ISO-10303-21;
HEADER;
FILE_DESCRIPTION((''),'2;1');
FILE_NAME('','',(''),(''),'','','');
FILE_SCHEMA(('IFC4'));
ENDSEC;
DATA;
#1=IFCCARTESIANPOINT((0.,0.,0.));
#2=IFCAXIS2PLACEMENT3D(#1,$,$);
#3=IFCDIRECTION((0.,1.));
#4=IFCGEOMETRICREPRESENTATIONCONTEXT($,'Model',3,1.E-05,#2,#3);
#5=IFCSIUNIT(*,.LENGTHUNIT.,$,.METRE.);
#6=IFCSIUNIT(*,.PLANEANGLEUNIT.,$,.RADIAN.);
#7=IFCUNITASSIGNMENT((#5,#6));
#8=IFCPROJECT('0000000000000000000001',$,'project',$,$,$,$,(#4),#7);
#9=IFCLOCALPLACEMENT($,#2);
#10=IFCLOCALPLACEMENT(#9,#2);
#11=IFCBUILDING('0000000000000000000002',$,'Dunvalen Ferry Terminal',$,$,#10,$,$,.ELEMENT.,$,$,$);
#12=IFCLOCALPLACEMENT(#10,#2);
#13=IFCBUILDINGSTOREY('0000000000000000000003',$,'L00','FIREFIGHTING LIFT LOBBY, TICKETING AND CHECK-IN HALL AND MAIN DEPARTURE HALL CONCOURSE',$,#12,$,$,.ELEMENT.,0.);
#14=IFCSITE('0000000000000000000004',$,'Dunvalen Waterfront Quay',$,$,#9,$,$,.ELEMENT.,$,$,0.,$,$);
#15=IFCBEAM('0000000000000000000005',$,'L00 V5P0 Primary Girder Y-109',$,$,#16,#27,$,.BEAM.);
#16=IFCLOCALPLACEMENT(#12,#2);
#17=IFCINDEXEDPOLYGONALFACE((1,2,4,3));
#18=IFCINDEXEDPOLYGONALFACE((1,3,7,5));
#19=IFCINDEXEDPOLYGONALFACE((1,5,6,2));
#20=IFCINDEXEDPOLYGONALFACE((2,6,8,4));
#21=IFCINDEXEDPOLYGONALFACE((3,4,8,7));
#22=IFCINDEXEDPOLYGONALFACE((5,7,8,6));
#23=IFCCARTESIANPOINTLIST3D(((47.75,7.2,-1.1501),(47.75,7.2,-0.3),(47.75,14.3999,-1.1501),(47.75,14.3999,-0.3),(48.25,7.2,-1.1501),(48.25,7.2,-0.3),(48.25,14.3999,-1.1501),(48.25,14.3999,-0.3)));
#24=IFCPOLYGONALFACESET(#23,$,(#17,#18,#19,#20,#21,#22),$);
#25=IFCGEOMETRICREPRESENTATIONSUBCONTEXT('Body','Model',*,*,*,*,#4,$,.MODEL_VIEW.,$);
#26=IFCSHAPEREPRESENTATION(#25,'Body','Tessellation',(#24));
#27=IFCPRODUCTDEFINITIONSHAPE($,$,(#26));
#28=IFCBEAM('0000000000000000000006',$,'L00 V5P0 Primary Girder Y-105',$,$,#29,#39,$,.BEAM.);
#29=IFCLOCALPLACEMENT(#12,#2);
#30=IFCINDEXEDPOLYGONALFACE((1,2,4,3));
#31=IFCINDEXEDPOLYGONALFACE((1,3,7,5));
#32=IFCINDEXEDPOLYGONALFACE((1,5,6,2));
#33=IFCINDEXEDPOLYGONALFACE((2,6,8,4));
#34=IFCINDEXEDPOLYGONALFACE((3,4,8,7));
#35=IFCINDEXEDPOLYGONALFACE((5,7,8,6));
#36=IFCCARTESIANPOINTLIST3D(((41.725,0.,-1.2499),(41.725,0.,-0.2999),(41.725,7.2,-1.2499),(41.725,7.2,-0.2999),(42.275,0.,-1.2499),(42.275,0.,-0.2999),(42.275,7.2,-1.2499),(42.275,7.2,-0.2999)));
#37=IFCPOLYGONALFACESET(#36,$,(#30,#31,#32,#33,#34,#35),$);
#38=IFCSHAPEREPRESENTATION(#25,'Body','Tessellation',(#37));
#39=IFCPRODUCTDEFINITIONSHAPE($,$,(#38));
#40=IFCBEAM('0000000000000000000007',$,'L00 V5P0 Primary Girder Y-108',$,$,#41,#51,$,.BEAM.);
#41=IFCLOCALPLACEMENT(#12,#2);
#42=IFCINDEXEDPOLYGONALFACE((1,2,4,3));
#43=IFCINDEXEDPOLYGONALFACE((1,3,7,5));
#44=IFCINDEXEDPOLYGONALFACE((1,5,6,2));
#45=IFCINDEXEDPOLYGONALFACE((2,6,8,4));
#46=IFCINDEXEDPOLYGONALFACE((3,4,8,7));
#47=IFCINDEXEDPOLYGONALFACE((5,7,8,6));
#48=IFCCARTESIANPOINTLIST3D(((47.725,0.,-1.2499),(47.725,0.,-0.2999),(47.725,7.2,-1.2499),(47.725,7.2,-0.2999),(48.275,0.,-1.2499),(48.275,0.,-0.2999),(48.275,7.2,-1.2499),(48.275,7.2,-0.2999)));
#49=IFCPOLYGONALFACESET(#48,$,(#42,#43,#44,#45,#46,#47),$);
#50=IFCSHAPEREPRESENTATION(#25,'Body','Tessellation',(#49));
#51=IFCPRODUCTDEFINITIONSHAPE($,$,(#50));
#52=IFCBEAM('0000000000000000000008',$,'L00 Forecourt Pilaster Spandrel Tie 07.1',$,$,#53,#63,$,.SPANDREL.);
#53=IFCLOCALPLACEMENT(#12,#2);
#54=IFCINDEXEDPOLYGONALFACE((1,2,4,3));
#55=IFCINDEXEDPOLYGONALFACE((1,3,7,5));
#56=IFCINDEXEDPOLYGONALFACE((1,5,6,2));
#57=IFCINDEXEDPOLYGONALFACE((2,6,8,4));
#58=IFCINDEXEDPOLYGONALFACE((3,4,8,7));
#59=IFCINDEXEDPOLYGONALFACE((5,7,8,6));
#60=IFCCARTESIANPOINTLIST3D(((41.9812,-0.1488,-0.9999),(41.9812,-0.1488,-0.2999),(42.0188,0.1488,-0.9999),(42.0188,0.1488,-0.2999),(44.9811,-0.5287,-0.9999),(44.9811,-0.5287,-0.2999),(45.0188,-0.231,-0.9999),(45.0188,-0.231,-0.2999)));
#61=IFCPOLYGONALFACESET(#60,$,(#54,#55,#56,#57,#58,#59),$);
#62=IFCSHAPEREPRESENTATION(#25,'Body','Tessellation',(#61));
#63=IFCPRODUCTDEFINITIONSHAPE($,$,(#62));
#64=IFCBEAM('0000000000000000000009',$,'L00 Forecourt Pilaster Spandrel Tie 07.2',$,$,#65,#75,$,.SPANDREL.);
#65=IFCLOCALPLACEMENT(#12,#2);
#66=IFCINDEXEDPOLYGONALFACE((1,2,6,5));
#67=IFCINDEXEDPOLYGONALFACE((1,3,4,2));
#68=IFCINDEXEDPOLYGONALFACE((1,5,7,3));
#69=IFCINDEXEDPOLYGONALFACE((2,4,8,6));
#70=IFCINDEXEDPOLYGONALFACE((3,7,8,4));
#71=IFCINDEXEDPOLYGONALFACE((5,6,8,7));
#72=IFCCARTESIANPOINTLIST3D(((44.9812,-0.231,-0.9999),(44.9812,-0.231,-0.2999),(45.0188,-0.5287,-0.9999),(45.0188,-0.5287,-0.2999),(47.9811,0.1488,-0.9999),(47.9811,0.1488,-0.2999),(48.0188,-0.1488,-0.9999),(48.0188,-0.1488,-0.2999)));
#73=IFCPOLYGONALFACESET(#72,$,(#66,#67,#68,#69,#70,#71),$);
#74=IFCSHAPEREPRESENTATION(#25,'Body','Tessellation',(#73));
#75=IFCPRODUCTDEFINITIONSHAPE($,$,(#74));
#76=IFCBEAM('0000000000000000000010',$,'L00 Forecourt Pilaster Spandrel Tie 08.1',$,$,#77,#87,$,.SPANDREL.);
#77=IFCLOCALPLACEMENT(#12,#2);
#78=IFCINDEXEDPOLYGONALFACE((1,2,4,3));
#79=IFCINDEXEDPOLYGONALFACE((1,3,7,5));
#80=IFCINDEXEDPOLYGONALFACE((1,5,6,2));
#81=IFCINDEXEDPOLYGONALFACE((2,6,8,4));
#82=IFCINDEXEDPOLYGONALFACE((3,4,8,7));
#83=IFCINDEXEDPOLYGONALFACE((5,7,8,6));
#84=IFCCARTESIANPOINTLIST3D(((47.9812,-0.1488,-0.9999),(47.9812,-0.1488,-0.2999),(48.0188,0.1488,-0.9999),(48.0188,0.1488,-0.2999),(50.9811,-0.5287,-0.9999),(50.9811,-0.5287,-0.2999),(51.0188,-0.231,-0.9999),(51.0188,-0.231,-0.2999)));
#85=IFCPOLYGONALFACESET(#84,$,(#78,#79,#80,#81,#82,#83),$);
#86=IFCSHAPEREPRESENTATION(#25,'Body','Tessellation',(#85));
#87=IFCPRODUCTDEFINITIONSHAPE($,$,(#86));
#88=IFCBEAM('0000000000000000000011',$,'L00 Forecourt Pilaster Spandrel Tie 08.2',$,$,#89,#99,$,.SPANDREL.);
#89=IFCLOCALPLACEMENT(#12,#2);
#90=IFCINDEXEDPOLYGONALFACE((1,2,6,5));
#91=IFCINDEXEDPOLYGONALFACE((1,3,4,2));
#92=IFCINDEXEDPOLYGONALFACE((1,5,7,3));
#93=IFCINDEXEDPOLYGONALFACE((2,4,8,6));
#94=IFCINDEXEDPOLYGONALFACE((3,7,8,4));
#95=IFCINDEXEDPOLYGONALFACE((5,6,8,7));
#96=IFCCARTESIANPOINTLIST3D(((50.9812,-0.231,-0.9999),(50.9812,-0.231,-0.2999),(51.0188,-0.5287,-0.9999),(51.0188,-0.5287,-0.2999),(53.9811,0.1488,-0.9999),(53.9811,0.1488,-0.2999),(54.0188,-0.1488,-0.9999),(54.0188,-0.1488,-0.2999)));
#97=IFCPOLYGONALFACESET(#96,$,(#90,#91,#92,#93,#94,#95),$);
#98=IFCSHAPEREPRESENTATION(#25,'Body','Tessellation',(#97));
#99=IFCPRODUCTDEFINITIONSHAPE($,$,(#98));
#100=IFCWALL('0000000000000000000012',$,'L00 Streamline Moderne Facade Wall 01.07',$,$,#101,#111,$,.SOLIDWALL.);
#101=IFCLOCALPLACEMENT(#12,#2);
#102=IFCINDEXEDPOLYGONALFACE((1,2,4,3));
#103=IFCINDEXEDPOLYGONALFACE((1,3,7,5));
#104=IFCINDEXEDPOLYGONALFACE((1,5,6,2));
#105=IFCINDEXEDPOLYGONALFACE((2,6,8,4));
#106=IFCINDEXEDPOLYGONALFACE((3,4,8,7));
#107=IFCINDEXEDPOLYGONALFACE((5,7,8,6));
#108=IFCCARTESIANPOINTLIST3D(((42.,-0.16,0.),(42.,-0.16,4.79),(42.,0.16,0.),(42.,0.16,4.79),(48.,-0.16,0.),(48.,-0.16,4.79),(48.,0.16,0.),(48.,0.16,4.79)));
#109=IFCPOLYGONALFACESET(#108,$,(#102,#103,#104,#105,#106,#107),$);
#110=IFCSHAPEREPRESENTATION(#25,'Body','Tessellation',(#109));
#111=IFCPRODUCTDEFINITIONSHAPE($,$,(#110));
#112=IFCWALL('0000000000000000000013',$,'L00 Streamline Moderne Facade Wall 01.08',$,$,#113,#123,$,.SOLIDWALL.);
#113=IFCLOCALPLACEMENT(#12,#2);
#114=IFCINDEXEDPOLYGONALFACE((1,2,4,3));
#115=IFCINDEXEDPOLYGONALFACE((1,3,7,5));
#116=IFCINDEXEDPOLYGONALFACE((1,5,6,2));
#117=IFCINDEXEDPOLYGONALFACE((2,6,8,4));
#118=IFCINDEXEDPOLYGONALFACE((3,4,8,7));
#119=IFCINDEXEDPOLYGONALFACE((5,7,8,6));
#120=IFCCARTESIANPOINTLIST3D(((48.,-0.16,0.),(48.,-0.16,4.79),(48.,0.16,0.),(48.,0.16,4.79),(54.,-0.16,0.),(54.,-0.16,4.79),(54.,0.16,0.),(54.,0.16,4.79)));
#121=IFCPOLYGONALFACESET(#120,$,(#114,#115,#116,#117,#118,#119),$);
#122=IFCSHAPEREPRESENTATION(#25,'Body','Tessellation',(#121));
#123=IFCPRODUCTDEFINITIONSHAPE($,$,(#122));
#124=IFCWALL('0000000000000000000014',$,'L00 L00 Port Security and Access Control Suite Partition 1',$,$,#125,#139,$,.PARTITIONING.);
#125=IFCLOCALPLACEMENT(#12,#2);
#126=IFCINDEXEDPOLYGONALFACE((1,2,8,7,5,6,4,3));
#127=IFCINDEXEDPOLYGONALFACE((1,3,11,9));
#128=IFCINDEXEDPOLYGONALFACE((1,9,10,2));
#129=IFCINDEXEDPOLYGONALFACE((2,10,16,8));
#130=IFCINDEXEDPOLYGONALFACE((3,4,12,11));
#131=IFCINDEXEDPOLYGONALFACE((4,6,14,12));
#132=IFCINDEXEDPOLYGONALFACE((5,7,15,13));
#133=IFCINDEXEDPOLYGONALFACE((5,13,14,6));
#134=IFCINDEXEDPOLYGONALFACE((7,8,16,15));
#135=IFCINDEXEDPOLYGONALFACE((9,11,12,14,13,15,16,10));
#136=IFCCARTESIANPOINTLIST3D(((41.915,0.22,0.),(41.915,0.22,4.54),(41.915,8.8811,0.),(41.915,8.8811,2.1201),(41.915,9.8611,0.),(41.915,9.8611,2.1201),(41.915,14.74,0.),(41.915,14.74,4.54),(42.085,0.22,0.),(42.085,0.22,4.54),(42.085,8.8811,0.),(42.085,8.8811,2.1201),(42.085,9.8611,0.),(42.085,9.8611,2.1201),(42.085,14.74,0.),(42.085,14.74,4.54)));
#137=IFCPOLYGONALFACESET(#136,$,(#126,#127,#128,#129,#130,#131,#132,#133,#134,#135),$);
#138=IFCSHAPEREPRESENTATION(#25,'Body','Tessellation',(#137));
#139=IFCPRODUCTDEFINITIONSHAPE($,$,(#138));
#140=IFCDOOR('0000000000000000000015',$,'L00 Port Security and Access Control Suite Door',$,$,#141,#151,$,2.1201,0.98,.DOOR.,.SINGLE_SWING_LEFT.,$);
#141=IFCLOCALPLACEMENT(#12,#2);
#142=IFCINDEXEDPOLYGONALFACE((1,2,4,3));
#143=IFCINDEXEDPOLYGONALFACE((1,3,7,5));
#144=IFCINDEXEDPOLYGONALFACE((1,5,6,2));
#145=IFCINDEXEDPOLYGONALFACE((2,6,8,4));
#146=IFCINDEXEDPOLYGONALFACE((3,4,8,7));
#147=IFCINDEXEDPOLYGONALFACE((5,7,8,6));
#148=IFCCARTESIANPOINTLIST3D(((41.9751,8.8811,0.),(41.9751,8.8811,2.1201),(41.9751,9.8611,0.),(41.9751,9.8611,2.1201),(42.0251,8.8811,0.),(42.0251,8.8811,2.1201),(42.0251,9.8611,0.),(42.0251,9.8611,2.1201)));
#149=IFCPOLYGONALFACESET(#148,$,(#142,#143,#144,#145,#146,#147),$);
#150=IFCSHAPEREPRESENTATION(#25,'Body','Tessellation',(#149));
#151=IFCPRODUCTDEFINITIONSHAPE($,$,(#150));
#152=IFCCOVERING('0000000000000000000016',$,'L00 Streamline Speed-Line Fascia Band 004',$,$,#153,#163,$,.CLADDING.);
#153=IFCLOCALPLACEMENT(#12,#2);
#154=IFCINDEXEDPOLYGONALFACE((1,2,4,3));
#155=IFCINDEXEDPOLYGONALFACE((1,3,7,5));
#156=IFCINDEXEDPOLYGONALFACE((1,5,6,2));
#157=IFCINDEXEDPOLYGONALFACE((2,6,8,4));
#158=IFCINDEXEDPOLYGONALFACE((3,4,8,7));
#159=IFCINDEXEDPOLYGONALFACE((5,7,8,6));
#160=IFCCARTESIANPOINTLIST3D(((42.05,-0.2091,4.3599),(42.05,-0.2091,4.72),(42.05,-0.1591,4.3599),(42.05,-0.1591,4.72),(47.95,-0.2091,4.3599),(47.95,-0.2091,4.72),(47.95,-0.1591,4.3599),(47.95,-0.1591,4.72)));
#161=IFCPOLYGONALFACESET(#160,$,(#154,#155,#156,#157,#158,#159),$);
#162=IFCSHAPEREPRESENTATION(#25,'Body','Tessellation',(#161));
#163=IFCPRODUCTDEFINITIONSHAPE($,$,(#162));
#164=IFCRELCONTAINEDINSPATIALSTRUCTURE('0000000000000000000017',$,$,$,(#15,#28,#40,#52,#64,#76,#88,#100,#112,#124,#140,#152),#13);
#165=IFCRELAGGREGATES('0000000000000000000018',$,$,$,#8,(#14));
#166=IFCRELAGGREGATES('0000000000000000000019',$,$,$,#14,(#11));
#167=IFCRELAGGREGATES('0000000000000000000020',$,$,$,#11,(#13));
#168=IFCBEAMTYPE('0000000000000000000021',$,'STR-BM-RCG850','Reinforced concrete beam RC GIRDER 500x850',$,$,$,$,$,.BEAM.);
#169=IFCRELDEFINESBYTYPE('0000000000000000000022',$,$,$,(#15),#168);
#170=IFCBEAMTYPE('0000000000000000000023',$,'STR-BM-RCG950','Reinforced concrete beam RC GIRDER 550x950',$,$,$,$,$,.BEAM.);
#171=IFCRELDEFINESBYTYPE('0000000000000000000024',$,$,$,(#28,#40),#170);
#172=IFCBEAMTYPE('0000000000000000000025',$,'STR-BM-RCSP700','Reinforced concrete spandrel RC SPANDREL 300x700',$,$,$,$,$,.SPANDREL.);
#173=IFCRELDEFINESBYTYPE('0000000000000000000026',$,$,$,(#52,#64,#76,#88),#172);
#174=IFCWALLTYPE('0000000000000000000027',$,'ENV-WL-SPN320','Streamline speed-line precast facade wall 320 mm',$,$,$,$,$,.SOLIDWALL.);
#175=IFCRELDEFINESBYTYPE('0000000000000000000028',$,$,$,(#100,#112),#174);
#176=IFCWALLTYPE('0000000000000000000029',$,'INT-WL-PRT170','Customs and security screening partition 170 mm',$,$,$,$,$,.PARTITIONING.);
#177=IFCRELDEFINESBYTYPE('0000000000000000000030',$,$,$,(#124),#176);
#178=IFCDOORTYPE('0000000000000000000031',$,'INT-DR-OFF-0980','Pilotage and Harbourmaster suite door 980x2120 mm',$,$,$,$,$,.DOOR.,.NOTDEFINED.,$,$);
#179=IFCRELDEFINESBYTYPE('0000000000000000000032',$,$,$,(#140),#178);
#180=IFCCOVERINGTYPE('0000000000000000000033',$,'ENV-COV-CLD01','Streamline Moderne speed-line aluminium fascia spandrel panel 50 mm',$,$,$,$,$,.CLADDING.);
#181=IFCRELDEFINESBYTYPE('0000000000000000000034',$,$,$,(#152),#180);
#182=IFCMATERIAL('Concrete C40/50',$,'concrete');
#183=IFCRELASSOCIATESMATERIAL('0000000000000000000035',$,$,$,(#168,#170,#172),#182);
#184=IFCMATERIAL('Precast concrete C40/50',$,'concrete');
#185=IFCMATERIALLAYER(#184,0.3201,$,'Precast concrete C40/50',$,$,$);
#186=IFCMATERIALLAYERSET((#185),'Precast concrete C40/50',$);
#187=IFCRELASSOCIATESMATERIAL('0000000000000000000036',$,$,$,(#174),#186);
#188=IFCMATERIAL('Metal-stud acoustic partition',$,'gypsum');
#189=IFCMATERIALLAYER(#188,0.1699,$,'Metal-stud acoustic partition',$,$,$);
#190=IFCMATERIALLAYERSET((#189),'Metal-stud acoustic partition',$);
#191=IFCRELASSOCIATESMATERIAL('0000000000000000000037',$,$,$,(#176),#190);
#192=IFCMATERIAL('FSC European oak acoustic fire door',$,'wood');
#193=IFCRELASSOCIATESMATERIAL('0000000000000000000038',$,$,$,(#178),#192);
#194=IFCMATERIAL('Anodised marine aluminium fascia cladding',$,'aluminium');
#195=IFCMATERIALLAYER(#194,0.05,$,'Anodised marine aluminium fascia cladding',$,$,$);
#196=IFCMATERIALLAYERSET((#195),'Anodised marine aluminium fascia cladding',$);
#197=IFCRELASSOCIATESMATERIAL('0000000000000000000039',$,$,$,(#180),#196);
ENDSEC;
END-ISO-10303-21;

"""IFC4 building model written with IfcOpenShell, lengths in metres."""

from ifc_helpers import new_model, si_unit, direction, frame, frame_2d, origin, origin_2d, place, context, subcontext, project, spatial, rectangle, extrude, material, layer, layer_set, material_profile, profile_set, type_object, element, fill, save


model = new_model("IFC4")

# Units and contexts
model_context = context("Model", 3, precision=1e-05, world=origin(), true_north=direction((0.0, 1.0)))
body_context = subcontext(model_context, "Body", "Model", "MODEL_VIEW")
ifc_project = project(units=[si_unit("LENGTHUNIT", "METRE"), si_unit("PLANEANGLEUNIT", "RADIAN")], contexts=[model_context])

# Site, building, storey
site_placement = place(None, origin())
site = spatial("IfcSite", under=ifc_project, at=site_placement, Name="Dunvalen Waterfront Quay", CompositionType="ELEMENT", RefElevation=0.0)
building_placement = place(site_placement, origin())
building = spatial("IfcBuilding", under=site, at=building_placement, Name="Dunvalen Ferry Terminal", CompositionType="ELEMENT")
storey_placement = place(building_placement, origin())
storey = spatial("IfcBuildingStorey", under=building, at=storey_placement, Name="L00", Description="FIREFIGHTING LIFT LOBBY, TICKETING AND CHECK-IN HALL AND MAIN DEPARTURE HALL CONCOURSE", CompositionType="ELEMENT", Elevation=0.0)

# Shared definitions
ifc_material_1 = material(Name="Concrete C40/50", Category="concrete")

# Beams
ifc_material_profile_1 = material_profile(ifc_material_1, rectangle(XDim=0.5, YDim=0.8501, at=origin_2d()), Name="Concrete C40/50")
ifc_profile_set_1 = profile_set([ifc_material_profile_1], Name="Concrete C40/50")
beam_type_1 = type_object("IfcBeamType", Name="STR-BM-RCG850", Description="Reinforced concrete beam RC GIRDER 500x850", PredefinedType="BEAM", material=ifc_profile_set_1)
for number, where, z_axis, x_axis, name in (
    (1, (48.0, 7.2, -0.7251), (0.0, 1.0, 0.0), (-1.0, 0.0, 0.0), "L00 V5P0 Primary Girder Y-109"),
):
    element("IfcBeam", number, at=place(storey_placement, frame(where, z_axis=z_axis, x_axis=x_axis)), inside=storey, type_object=beam_type_1, Name=name, PredefinedType="BEAM", context=body_context, shape_type="SweptSolid", body=[
        extrude(rectangle(XDim=0.5, YDim=0.8501, at=origin_2d()), origin(), (0.0, 0.0, 1.0), 7.2),
    ])
ifc_material_profile_2 = material_profile(ifc_material_1, rectangle(XDim=0.55, YDim=0.95, at=origin_2d()), Name="Concrete C40/50")
ifc_profile_set_2 = profile_set([ifc_material_profile_2], Name="Concrete C40/50")
beam_type_2 = type_object("IfcBeamType", Name="STR-BM-RCG950", Description="Reinforced concrete beam RC GIRDER 550x950", PredefinedType="BEAM", material=ifc_profile_set_2)
for number, where, z_axis, x_axis, name in (
    (2, (42.0, 0.0, -0.7749), (0.0, 1.0, 0.0), (-1.0, 0.0, 0.0), "L00 V5P0 Primary Girder Y-105"),
    (3, (48.0, 0.0, -0.7749), (0.0, 1.0, 0.0), (-1.0, 0.0, 0.0), "L00 V5P0 Primary Girder Y-108"),
):
    element("IfcBeam", number, at=place(storey_placement, frame(where, z_axis=z_axis, x_axis=x_axis)), inside=storey, type_object=beam_type_2, Name=name, PredefinedType="BEAM", context=body_context, shape_type="SweptSolid", body=[
        extrude(rectangle(XDim=0.55, YDim=0.95, at=origin_2d()), origin(), (0.0, 0.0, 1.0), 7.2),
    ])
ifc_material_profile_3 = material_profile(ifc_material_1, rectangle(XDim=0.3, YDim=0.7, at=origin_2d()), Name="Concrete C40/50")
ifc_profile_set_3 = profile_set([ifc_material_profile_3], Name="Concrete C40/50")
beam_type_3 = type_object("IfcBeamType", Name="STR-BM-RCSP700", Description="Reinforced concrete spandrel RC SPANDREL 300x700", PredefinedType="SPANDREL", material=ifc_profile_set_3)
for number, where, z_axis, x_axis, name in (
    (4, (42.0, 0.0, -0.6499), (0.992078, -0.125624, 0.0), (0.125624, 0.992078, 0.0), "L00 Forecourt Pilaster Spandrel Tie 07.1"),
    (5, (45.0, -0.3799, -0.6499), (0.992078, 0.125624, 0.0), (-0.125624, 0.992078, 0.0), "L00 Forecourt Pilaster Spandrel Tie 07.2"),
    (6, (48.0, 0.0, -0.6499), (0.992078, -0.125624, 0.0), (0.125624, 0.992078, 0.0), "L00 Forecourt Pilaster Spandrel Tie 08.1"),
    (7, (51.0, -0.3799, -0.6499), (0.992078, 0.125624, 0.0), (-0.125624, 0.992078, 0.0), "L00 Forecourt Pilaster Spandrel Tie 08.2"),
):
    element("IfcBeam", number, at=place(storey_placement, frame(where, z_axis=z_axis, x_axis=x_axis)), inside=storey, type_object=beam_type_3, Name=name, PredefinedType="SPANDREL", context=body_context, shape_type="SweptSolid", body=[
        extrude(rectangle(XDim=0.3, YDim=0.7, at=origin_2d()), origin(), (0.0, 0.0, 1.0), 3.0239),
    ])

# Walls
ifc_material_2 = material(Name="Precast concrete C40/50", Category="concrete")
ifc_layer_1 = layer(ifc_material_2, 0.3201, Name="Precast concrete C40/50")
ifc_layer_set_1 = layer_set([ifc_layer_1], Name="Precast concrete C40/50")
wall_type_1 = type_object("IfcWallType", Name="ENV-WL-SPN320", Description="Streamline speed-line precast facade wall 320 mm", PredefinedType="SOLIDWALL", material=ifc_layer_set_1)
for number, where, z_axis, x_axis, name in (
    (8, (42.0, 0.0, 0.0), (0.0, 0.0, 1.0), (1.0, 0.0, 0.0), "L00 Streamline Moderne Facade Wall 01.07"),
    (9, (48.0, 0.0, 0.0), (0.0, 0.0, 1.0), (1.0, 0.0, 0.0), "L00 Streamline Moderne Facade Wall 01.08"),
):
    element("IfcWall", number, at=place(storey_placement, frame(where, z_axis=z_axis, x_axis=x_axis)), inside=storey, type_object=wall_type_1, Name=name, PredefinedType="SOLIDWALL", context=body_context, shape_type="SweptSolid", body=[
        extrude(rectangle(XDim=6.0, YDim=0.3201, at=frame_2d((3.0, 0.0))), origin(), (0.0, 0.0, 1.0), 4.79),
    ])

# Wall, opening, door
ifc_material_3 = material(Name="Metal-stud acoustic partition", Category="gypsum")
ifc_layer_2 = layer(ifc_material_3, 0.1699, Name="Metal-stud acoustic partition")
ifc_layer_set_2 = layer_set([ifc_layer_2], Name="Metal-stud acoustic partition")
wall_type_2 = type_object("IfcWallType", Name="INT-WL-PRT170", Description="Customs and security screening partition 170 mm", PredefinedType="PARTITIONING", material=ifc_layer_set_2)
wall_placement = place(storey_placement, frame((42.0, 0.22, 0.0), z_axis=(0.0, 0.0, 1.0), x_axis=(0.0, 1.0, 0.0)))
wall = element("IfcWall", 10, at=wall_placement, inside=storey, type_object=wall_type_2, Name="L00 L00 Port Security and Access Control Suite Partition 1", PredefinedType="PARTITIONING", context=body_context, shape_type="SweptSolid", body=[
    extrude(rectangle(XDim=14.52, YDim=0.1699, at=frame_2d((7.26, 0.0))), origin(), (0.0, 0.0, 1.0), 4.54),
])
opening_placement = place(wall_placement, frame((8.6611, 0.0, 0.0)))
opening = element("IfcOpeningElement", 11, at=opening_placement, cuts=wall, PredefinedType="OPENING", context=body_context, shape_type="SweptSolid", body=[
    extrude(rectangle(XDim=0.98, YDim=2.1201, at=frame_2d((0.49, 1.0601))), frame((0.0, 0.095, 0.0), z_axis=(0.0, -1.0, 0.0), x_axis=(1.0, 0.0, 0.0)), (0.0, 0.0, 1.0), 0.1899),
])
ifc_material_4 = material(Name="FSC European oak acoustic fire door", Category="wood")
door_type = type_object("IfcDoorType", Name="INT-DR-OFF-0980", Description="Pilotage and Harbourmaster suite door 980x2120 mm", OperationType="NOTDEFINED", PredefinedType="DOOR", material=ifc_material_4)
door_placement = place(opening_placement, origin())
door = element("IfcDoor", 12, at=door_placement, inside=storey, type_object=door_type, Name="L00 Port Security and Access Control Suite Door", OperationType="SINGLE_SWING_LEFT", OverallHeight=2.1201, OverallWidth=0.98, PredefinedType="DOOR", context=body_context, shape_type="SweptSolid", body=[
    extrude(rectangle(XDim=0.98, YDim=2.1201, at=frame_2d((0.49, 1.0601))), frame((0.0, 0.0249, 0.0), z_axis=(0.0, -1.0, 0.0), x_axis=(1.0, 0.0, 0.0)), (0.0, 0.0, 1.0), 0.05),
])
fill(opening, door)

# Covering
ifc_material_5 = material(Name="Anodised marine aluminium fascia cladding", Category="aluminium")
ifc_layer_3 = layer(ifc_material_5, 0.05, Name="Anodised marine aluminium fascia cladding")
ifc_layer_set_3 = layer_set([ifc_layer_3], Name="Anodised marine aluminium fascia cladding")
covering_type = type_object("IfcCoveringType", Name="ENV-COV-CLD01", Description="Streamline Moderne speed-line aluminium fascia spandrel panel 50 mm", PredefinedType="CLADDING", material=ifc_layer_set_3)
covering_placement = place(storey_placement, frame((45.0, -0.1841, 4.3599), z_axis=(0.0, 0.0, 1.0), x_axis=(1.0, 0.0, 0.0)))
element("IfcCovering", 13, at=covering_placement, inside=storey, type_object=covering_type, Name="L00 Streamline Speed-Line Fascia Band 004", PredefinedType="CLADDING", context=body_context, shape_type="SweptSolid", body=[
    extrude(rectangle(XDim=5.8999, YDim=0.05, at=origin_2d()), origin(), (0.0, 0.0, 1.0), 0.3601),
])

save(model, "model.ifc")
